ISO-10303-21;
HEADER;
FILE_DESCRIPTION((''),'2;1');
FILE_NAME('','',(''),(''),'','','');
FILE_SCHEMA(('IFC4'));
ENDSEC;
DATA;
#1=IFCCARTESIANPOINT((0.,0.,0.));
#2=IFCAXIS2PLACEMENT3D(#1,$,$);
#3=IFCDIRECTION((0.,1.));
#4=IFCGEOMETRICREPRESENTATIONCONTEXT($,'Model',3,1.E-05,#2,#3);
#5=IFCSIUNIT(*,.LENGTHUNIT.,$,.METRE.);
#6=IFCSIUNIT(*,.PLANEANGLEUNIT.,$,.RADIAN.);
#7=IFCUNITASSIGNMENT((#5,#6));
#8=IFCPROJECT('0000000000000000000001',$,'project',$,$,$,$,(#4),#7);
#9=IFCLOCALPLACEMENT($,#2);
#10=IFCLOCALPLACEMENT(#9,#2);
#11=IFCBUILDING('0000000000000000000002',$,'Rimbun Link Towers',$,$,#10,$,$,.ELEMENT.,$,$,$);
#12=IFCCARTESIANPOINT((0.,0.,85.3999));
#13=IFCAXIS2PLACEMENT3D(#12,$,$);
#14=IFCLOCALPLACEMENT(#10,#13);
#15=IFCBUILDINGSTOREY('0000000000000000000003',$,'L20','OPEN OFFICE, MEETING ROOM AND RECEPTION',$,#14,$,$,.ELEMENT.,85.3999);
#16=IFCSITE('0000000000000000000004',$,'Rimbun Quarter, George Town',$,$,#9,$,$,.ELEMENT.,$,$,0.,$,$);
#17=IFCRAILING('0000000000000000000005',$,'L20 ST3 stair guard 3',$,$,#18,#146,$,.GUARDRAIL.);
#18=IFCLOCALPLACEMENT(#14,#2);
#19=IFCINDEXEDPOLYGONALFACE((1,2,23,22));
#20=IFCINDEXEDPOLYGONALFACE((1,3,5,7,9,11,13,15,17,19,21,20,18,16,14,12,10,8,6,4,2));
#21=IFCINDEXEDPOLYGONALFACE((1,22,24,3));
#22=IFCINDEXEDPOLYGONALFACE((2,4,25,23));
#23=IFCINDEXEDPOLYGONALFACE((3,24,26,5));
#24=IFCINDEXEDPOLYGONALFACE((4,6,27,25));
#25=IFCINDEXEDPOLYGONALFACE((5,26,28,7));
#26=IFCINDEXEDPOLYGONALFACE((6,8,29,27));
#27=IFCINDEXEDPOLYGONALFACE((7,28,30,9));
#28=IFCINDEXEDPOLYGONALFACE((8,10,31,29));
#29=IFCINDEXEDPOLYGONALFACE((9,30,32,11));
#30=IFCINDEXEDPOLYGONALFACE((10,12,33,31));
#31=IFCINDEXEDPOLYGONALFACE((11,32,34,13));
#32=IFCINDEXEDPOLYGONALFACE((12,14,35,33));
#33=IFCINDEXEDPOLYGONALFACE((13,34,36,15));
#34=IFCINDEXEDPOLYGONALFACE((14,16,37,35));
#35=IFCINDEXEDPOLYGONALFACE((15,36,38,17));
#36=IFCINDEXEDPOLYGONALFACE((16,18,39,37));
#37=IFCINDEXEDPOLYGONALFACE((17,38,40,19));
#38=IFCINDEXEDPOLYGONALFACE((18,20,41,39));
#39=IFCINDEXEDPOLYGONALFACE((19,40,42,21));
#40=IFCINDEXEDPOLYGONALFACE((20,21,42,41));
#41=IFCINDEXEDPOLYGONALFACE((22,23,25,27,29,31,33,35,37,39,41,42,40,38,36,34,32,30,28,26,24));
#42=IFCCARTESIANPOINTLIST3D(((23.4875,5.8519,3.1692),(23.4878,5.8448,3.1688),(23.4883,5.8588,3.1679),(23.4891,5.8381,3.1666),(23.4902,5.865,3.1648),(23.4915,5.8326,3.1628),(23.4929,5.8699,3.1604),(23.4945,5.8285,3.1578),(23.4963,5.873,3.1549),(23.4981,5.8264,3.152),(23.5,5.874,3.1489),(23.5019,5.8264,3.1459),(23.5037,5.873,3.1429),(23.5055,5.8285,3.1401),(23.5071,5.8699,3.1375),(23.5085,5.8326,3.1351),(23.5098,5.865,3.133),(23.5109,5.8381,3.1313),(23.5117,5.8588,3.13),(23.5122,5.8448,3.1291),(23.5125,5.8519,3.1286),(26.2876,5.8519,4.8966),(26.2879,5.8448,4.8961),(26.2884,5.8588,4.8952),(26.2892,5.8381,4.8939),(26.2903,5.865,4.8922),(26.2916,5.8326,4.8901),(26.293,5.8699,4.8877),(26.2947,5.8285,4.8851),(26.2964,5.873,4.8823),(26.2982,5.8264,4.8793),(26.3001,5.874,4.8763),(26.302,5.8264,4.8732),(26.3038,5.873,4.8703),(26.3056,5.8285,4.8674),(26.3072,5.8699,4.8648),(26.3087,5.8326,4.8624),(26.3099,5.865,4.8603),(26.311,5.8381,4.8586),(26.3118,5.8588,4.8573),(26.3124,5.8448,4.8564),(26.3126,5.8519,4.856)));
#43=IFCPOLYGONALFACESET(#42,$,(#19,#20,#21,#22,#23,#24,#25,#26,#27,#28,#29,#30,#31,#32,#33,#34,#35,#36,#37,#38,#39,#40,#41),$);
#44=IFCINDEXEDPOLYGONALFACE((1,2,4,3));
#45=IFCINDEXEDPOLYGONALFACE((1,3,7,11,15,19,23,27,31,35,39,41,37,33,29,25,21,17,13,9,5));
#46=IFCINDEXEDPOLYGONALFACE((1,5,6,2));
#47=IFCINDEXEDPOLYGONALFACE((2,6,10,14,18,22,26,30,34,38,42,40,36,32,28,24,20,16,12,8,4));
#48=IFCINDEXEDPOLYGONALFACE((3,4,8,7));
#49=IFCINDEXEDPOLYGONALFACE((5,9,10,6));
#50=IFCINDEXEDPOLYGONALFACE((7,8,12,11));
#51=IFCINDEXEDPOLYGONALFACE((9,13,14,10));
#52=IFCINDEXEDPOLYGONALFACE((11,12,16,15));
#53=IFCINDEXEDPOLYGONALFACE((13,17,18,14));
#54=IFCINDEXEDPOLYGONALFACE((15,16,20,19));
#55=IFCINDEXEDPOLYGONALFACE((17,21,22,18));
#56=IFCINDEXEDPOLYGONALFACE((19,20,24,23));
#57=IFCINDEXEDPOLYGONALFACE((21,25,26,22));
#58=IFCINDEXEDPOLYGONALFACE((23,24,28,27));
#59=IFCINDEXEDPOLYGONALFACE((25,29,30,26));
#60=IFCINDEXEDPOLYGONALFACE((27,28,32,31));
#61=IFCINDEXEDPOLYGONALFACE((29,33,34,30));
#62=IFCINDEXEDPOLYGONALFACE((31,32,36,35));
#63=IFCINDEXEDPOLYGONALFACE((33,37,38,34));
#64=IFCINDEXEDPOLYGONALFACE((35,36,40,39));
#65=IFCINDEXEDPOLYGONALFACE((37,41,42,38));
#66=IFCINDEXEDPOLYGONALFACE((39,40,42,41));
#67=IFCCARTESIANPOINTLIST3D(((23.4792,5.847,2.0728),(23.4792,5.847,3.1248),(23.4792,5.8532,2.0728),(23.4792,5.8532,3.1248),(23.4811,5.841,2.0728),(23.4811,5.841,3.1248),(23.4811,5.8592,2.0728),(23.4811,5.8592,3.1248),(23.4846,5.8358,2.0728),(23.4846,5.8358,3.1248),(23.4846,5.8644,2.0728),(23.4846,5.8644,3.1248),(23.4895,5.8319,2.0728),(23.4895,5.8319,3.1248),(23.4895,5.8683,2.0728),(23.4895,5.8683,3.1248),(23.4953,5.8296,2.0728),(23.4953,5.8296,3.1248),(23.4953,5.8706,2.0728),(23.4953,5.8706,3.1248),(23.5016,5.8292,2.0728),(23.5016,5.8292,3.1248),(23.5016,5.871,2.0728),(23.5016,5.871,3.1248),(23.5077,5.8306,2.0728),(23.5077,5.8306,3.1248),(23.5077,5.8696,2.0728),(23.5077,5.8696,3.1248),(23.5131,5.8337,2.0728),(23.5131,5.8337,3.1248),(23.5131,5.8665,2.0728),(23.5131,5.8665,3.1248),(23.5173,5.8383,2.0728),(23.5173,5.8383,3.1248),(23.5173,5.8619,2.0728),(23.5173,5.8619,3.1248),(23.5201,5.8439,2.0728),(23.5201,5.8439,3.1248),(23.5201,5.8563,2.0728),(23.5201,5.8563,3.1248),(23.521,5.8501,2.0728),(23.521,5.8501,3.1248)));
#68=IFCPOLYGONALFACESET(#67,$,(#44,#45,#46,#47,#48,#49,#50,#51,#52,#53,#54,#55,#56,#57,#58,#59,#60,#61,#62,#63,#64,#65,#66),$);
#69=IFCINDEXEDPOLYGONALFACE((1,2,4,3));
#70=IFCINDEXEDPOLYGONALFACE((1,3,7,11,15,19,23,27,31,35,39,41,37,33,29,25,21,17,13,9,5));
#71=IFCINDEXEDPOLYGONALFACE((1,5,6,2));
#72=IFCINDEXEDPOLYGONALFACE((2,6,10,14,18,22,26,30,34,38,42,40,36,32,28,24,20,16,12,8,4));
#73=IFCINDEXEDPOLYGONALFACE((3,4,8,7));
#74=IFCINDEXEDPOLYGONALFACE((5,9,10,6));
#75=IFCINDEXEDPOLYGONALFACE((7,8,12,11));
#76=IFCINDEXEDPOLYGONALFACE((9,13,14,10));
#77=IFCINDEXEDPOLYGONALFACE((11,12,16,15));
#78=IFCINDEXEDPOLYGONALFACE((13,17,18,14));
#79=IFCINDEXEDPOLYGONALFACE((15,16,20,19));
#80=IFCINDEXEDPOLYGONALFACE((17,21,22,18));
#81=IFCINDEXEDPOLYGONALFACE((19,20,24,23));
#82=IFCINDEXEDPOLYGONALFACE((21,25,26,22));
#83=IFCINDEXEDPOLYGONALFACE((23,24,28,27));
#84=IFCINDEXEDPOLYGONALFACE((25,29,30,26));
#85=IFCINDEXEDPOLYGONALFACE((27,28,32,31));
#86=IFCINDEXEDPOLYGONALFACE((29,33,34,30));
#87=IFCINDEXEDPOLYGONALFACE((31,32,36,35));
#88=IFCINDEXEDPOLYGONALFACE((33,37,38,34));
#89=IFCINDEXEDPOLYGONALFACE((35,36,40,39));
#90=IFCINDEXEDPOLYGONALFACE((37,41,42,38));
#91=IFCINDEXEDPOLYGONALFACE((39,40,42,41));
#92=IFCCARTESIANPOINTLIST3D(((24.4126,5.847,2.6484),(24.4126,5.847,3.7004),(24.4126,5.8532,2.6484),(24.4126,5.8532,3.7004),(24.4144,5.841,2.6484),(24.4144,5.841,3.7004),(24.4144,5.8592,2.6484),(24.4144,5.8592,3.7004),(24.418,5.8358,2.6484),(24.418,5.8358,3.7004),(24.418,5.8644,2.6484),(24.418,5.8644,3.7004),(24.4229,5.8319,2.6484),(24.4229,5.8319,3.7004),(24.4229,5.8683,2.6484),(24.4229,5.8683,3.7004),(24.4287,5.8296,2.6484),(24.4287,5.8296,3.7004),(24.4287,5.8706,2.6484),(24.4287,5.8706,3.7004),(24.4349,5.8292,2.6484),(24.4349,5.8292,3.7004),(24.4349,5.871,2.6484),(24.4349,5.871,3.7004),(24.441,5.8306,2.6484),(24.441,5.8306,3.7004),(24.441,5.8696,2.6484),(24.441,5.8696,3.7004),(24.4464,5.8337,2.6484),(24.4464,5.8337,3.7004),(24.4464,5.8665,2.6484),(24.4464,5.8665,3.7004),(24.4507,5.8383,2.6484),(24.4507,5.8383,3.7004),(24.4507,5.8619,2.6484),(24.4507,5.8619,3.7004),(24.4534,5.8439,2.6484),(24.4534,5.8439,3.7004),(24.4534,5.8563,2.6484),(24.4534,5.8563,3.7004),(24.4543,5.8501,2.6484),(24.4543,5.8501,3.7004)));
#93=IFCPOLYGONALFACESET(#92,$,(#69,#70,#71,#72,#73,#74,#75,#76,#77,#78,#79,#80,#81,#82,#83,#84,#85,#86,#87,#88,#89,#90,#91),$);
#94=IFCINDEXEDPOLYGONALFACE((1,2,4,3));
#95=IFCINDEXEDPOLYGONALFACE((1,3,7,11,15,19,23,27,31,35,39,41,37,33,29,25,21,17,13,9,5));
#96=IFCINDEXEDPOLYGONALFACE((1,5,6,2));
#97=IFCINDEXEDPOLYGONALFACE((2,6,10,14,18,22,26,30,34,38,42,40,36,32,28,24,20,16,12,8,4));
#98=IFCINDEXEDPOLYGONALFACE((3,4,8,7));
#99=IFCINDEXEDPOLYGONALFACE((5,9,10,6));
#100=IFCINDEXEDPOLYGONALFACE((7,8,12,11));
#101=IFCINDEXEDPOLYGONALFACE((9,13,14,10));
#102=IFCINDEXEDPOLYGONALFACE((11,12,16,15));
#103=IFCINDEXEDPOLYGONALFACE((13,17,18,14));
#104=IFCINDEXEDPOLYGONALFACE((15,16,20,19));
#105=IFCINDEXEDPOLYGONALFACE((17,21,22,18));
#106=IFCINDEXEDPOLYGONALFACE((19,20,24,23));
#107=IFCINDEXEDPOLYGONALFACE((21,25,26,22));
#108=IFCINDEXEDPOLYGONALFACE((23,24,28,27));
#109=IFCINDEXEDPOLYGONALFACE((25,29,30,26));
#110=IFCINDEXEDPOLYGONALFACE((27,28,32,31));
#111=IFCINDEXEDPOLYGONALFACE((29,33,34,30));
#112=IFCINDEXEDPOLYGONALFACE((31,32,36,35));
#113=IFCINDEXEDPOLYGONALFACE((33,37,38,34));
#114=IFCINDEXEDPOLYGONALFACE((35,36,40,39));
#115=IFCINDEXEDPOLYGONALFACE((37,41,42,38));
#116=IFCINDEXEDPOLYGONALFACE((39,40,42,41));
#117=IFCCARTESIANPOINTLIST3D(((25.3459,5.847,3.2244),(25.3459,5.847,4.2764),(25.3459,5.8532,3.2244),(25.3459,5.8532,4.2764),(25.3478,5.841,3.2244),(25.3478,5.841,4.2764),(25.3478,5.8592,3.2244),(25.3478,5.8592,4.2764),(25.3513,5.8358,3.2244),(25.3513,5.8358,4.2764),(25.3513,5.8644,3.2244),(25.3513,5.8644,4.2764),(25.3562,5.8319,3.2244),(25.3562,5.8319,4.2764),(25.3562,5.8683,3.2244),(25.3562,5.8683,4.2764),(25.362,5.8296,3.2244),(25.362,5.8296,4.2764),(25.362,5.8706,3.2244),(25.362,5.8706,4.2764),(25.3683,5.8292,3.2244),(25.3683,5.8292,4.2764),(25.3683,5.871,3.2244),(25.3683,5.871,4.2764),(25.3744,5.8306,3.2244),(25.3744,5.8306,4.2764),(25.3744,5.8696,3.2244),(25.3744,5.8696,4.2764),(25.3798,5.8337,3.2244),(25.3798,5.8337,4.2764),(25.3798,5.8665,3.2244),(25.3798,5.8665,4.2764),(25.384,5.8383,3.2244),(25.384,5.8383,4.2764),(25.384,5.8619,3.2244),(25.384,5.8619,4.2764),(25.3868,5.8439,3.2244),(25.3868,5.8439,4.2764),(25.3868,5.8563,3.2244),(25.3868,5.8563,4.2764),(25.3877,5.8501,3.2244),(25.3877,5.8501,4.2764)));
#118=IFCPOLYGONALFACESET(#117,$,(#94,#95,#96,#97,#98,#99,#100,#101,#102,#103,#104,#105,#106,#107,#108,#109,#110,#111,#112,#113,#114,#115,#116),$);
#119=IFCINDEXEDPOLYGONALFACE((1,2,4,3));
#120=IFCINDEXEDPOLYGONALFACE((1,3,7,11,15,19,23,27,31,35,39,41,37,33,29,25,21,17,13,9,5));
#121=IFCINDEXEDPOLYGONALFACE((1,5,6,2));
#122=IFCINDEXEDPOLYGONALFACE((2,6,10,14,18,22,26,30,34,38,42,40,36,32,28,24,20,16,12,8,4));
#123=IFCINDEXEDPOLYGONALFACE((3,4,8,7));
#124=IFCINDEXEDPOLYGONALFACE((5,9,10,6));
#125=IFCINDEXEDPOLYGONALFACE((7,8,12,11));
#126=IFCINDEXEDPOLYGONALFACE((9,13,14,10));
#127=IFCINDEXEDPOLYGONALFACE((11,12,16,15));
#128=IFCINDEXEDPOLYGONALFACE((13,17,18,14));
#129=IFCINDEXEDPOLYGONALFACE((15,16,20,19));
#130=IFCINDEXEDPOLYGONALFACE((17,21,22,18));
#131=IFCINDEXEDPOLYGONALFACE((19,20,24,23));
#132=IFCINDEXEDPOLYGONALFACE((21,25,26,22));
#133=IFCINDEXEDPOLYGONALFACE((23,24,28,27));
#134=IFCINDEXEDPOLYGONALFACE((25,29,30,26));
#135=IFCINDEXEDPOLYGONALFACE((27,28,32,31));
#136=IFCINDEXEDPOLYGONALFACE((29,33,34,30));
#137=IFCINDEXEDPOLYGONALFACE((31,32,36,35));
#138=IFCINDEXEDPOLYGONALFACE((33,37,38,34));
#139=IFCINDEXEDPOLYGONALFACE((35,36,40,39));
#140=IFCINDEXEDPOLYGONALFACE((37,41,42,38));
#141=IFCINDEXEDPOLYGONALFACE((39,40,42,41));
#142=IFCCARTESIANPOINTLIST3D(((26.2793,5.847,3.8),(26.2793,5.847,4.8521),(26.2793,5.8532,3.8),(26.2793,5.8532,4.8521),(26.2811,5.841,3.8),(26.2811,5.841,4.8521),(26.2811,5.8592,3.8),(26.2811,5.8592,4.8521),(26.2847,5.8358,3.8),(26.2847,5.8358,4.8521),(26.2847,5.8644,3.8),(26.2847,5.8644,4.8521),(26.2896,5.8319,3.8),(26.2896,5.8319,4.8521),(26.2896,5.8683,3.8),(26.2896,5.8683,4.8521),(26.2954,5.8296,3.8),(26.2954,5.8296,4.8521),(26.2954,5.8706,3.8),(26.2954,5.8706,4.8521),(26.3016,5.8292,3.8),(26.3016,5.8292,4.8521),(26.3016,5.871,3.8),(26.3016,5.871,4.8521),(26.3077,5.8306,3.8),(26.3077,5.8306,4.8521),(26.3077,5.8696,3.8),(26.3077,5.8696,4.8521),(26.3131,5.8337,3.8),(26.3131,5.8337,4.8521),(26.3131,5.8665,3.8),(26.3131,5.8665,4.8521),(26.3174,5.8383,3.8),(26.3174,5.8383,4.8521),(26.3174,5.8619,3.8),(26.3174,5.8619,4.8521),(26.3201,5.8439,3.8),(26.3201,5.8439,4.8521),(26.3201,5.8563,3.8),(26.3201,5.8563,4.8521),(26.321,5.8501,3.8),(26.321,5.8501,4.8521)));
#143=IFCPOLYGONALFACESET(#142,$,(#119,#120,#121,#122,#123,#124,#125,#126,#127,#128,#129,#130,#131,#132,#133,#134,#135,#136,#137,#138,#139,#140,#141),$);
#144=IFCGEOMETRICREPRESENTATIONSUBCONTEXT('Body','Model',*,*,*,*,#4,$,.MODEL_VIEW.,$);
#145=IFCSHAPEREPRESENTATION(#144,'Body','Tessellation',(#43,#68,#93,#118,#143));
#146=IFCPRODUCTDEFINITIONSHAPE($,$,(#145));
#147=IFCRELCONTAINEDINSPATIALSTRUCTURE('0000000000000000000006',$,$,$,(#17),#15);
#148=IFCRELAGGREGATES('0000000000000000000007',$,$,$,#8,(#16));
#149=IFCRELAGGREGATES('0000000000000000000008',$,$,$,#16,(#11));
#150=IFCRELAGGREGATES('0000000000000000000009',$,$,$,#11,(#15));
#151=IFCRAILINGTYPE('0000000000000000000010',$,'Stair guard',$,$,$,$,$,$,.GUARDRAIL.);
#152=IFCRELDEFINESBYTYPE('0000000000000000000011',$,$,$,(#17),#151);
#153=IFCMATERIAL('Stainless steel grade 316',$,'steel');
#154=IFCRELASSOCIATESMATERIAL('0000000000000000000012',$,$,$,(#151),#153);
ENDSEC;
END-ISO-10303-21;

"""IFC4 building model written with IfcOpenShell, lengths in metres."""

from ifc_helpers import new_model, si_unit, direction, frame, origin, origin_2d, place, context, subcontext, project, spatial, circle, extrude, material, type_object, element, save


model = new_model("IFC4")

# Units and contexts
model_context = context("Model", 3, precision=1e-05, world=origin(), true_north=direction((0.0, 1.0)))
body_context = subcontext(model_context, "Body", "Model", "MODEL_VIEW")
ifc_project = project(units=[si_unit("LENGTHUNIT", "METRE"), si_unit("PLANEANGLEUNIT", "RADIAN")], contexts=[model_context])

# Site, building, storey
site_placement = place(None, origin())
site = spatial("IfcSite", under=ifc_project, at=site_placement, Name="Rimbun Quarter, George Town", CompositionType="ELEMENT", RefElevation=0.0)
building_placement = place(site_placement, origin())
building = spatial("IfcBuilding", under=site, at=building_placement, Name="Rimbun Link Towers", CompositionType="ELEMENT")
storey_placement = place(building_placement, frame((0.0, 0.0, 85.3999)))
storey = spatial("IfcBuildingStorey", under=building, at=storey_placement, Name="L20", Description="OPEN OFFICE, MEETING ROOM AND RECEPTION", CompositionType="ELEMENT", Elevation=85.3999)

# Railing
ifc_material_1 = material(Name="Stainless steel grade 316", Category="steel")
railing_type = type_object("IfcRailingType", Name="Stair guard", PredefinedType="GUARDRAIL", material=ifc_material_1)
railing_1_placement = place(storey_placement, frame((23.5, 5.8501, 2.0728)))
element("IfcRailing", 1, at=railing_1_placement, inside=storey, type_object=railing_type, Name="L20 ST3 stair guard 3", PredefinedType="GUARDRAIL", context=body_context, shape_type="SweptSolid", body=[
    extrude(circle(Radius=0.0239, at=origin_2d()), frame((0.0, 0.0, 1.0762), z_axis=(0.85109, 0.0, 0.52502), x_axis=(0.0, 1.0, 0.0)), (0.0, 0.0, 1.0), 3.29),
    extrude(circle(Radius=0.021, at=origin_2d()), origin(), (0.0, 0.0, 1.0), 1.052),
    extrude(circle(Radius=0.021, at=origin_2d()), frame((0.9333, 0.0, 0.5757)), (0.0, 0.0, 1.0), 1.052),
    extrude(circle(Radius=0.021, at=origin_2d()), frame((1.8667, 0.0, 1.1516)), (0.0, 0.0, 1.0), 1.052),
    extrude(circle(Radius=0.021, at=origin_2d()), frame((2.8, 0.0, 1.7273)), (0.0, 0.0, 1.0), 1.052),
])

save(model, "model.ifc")
